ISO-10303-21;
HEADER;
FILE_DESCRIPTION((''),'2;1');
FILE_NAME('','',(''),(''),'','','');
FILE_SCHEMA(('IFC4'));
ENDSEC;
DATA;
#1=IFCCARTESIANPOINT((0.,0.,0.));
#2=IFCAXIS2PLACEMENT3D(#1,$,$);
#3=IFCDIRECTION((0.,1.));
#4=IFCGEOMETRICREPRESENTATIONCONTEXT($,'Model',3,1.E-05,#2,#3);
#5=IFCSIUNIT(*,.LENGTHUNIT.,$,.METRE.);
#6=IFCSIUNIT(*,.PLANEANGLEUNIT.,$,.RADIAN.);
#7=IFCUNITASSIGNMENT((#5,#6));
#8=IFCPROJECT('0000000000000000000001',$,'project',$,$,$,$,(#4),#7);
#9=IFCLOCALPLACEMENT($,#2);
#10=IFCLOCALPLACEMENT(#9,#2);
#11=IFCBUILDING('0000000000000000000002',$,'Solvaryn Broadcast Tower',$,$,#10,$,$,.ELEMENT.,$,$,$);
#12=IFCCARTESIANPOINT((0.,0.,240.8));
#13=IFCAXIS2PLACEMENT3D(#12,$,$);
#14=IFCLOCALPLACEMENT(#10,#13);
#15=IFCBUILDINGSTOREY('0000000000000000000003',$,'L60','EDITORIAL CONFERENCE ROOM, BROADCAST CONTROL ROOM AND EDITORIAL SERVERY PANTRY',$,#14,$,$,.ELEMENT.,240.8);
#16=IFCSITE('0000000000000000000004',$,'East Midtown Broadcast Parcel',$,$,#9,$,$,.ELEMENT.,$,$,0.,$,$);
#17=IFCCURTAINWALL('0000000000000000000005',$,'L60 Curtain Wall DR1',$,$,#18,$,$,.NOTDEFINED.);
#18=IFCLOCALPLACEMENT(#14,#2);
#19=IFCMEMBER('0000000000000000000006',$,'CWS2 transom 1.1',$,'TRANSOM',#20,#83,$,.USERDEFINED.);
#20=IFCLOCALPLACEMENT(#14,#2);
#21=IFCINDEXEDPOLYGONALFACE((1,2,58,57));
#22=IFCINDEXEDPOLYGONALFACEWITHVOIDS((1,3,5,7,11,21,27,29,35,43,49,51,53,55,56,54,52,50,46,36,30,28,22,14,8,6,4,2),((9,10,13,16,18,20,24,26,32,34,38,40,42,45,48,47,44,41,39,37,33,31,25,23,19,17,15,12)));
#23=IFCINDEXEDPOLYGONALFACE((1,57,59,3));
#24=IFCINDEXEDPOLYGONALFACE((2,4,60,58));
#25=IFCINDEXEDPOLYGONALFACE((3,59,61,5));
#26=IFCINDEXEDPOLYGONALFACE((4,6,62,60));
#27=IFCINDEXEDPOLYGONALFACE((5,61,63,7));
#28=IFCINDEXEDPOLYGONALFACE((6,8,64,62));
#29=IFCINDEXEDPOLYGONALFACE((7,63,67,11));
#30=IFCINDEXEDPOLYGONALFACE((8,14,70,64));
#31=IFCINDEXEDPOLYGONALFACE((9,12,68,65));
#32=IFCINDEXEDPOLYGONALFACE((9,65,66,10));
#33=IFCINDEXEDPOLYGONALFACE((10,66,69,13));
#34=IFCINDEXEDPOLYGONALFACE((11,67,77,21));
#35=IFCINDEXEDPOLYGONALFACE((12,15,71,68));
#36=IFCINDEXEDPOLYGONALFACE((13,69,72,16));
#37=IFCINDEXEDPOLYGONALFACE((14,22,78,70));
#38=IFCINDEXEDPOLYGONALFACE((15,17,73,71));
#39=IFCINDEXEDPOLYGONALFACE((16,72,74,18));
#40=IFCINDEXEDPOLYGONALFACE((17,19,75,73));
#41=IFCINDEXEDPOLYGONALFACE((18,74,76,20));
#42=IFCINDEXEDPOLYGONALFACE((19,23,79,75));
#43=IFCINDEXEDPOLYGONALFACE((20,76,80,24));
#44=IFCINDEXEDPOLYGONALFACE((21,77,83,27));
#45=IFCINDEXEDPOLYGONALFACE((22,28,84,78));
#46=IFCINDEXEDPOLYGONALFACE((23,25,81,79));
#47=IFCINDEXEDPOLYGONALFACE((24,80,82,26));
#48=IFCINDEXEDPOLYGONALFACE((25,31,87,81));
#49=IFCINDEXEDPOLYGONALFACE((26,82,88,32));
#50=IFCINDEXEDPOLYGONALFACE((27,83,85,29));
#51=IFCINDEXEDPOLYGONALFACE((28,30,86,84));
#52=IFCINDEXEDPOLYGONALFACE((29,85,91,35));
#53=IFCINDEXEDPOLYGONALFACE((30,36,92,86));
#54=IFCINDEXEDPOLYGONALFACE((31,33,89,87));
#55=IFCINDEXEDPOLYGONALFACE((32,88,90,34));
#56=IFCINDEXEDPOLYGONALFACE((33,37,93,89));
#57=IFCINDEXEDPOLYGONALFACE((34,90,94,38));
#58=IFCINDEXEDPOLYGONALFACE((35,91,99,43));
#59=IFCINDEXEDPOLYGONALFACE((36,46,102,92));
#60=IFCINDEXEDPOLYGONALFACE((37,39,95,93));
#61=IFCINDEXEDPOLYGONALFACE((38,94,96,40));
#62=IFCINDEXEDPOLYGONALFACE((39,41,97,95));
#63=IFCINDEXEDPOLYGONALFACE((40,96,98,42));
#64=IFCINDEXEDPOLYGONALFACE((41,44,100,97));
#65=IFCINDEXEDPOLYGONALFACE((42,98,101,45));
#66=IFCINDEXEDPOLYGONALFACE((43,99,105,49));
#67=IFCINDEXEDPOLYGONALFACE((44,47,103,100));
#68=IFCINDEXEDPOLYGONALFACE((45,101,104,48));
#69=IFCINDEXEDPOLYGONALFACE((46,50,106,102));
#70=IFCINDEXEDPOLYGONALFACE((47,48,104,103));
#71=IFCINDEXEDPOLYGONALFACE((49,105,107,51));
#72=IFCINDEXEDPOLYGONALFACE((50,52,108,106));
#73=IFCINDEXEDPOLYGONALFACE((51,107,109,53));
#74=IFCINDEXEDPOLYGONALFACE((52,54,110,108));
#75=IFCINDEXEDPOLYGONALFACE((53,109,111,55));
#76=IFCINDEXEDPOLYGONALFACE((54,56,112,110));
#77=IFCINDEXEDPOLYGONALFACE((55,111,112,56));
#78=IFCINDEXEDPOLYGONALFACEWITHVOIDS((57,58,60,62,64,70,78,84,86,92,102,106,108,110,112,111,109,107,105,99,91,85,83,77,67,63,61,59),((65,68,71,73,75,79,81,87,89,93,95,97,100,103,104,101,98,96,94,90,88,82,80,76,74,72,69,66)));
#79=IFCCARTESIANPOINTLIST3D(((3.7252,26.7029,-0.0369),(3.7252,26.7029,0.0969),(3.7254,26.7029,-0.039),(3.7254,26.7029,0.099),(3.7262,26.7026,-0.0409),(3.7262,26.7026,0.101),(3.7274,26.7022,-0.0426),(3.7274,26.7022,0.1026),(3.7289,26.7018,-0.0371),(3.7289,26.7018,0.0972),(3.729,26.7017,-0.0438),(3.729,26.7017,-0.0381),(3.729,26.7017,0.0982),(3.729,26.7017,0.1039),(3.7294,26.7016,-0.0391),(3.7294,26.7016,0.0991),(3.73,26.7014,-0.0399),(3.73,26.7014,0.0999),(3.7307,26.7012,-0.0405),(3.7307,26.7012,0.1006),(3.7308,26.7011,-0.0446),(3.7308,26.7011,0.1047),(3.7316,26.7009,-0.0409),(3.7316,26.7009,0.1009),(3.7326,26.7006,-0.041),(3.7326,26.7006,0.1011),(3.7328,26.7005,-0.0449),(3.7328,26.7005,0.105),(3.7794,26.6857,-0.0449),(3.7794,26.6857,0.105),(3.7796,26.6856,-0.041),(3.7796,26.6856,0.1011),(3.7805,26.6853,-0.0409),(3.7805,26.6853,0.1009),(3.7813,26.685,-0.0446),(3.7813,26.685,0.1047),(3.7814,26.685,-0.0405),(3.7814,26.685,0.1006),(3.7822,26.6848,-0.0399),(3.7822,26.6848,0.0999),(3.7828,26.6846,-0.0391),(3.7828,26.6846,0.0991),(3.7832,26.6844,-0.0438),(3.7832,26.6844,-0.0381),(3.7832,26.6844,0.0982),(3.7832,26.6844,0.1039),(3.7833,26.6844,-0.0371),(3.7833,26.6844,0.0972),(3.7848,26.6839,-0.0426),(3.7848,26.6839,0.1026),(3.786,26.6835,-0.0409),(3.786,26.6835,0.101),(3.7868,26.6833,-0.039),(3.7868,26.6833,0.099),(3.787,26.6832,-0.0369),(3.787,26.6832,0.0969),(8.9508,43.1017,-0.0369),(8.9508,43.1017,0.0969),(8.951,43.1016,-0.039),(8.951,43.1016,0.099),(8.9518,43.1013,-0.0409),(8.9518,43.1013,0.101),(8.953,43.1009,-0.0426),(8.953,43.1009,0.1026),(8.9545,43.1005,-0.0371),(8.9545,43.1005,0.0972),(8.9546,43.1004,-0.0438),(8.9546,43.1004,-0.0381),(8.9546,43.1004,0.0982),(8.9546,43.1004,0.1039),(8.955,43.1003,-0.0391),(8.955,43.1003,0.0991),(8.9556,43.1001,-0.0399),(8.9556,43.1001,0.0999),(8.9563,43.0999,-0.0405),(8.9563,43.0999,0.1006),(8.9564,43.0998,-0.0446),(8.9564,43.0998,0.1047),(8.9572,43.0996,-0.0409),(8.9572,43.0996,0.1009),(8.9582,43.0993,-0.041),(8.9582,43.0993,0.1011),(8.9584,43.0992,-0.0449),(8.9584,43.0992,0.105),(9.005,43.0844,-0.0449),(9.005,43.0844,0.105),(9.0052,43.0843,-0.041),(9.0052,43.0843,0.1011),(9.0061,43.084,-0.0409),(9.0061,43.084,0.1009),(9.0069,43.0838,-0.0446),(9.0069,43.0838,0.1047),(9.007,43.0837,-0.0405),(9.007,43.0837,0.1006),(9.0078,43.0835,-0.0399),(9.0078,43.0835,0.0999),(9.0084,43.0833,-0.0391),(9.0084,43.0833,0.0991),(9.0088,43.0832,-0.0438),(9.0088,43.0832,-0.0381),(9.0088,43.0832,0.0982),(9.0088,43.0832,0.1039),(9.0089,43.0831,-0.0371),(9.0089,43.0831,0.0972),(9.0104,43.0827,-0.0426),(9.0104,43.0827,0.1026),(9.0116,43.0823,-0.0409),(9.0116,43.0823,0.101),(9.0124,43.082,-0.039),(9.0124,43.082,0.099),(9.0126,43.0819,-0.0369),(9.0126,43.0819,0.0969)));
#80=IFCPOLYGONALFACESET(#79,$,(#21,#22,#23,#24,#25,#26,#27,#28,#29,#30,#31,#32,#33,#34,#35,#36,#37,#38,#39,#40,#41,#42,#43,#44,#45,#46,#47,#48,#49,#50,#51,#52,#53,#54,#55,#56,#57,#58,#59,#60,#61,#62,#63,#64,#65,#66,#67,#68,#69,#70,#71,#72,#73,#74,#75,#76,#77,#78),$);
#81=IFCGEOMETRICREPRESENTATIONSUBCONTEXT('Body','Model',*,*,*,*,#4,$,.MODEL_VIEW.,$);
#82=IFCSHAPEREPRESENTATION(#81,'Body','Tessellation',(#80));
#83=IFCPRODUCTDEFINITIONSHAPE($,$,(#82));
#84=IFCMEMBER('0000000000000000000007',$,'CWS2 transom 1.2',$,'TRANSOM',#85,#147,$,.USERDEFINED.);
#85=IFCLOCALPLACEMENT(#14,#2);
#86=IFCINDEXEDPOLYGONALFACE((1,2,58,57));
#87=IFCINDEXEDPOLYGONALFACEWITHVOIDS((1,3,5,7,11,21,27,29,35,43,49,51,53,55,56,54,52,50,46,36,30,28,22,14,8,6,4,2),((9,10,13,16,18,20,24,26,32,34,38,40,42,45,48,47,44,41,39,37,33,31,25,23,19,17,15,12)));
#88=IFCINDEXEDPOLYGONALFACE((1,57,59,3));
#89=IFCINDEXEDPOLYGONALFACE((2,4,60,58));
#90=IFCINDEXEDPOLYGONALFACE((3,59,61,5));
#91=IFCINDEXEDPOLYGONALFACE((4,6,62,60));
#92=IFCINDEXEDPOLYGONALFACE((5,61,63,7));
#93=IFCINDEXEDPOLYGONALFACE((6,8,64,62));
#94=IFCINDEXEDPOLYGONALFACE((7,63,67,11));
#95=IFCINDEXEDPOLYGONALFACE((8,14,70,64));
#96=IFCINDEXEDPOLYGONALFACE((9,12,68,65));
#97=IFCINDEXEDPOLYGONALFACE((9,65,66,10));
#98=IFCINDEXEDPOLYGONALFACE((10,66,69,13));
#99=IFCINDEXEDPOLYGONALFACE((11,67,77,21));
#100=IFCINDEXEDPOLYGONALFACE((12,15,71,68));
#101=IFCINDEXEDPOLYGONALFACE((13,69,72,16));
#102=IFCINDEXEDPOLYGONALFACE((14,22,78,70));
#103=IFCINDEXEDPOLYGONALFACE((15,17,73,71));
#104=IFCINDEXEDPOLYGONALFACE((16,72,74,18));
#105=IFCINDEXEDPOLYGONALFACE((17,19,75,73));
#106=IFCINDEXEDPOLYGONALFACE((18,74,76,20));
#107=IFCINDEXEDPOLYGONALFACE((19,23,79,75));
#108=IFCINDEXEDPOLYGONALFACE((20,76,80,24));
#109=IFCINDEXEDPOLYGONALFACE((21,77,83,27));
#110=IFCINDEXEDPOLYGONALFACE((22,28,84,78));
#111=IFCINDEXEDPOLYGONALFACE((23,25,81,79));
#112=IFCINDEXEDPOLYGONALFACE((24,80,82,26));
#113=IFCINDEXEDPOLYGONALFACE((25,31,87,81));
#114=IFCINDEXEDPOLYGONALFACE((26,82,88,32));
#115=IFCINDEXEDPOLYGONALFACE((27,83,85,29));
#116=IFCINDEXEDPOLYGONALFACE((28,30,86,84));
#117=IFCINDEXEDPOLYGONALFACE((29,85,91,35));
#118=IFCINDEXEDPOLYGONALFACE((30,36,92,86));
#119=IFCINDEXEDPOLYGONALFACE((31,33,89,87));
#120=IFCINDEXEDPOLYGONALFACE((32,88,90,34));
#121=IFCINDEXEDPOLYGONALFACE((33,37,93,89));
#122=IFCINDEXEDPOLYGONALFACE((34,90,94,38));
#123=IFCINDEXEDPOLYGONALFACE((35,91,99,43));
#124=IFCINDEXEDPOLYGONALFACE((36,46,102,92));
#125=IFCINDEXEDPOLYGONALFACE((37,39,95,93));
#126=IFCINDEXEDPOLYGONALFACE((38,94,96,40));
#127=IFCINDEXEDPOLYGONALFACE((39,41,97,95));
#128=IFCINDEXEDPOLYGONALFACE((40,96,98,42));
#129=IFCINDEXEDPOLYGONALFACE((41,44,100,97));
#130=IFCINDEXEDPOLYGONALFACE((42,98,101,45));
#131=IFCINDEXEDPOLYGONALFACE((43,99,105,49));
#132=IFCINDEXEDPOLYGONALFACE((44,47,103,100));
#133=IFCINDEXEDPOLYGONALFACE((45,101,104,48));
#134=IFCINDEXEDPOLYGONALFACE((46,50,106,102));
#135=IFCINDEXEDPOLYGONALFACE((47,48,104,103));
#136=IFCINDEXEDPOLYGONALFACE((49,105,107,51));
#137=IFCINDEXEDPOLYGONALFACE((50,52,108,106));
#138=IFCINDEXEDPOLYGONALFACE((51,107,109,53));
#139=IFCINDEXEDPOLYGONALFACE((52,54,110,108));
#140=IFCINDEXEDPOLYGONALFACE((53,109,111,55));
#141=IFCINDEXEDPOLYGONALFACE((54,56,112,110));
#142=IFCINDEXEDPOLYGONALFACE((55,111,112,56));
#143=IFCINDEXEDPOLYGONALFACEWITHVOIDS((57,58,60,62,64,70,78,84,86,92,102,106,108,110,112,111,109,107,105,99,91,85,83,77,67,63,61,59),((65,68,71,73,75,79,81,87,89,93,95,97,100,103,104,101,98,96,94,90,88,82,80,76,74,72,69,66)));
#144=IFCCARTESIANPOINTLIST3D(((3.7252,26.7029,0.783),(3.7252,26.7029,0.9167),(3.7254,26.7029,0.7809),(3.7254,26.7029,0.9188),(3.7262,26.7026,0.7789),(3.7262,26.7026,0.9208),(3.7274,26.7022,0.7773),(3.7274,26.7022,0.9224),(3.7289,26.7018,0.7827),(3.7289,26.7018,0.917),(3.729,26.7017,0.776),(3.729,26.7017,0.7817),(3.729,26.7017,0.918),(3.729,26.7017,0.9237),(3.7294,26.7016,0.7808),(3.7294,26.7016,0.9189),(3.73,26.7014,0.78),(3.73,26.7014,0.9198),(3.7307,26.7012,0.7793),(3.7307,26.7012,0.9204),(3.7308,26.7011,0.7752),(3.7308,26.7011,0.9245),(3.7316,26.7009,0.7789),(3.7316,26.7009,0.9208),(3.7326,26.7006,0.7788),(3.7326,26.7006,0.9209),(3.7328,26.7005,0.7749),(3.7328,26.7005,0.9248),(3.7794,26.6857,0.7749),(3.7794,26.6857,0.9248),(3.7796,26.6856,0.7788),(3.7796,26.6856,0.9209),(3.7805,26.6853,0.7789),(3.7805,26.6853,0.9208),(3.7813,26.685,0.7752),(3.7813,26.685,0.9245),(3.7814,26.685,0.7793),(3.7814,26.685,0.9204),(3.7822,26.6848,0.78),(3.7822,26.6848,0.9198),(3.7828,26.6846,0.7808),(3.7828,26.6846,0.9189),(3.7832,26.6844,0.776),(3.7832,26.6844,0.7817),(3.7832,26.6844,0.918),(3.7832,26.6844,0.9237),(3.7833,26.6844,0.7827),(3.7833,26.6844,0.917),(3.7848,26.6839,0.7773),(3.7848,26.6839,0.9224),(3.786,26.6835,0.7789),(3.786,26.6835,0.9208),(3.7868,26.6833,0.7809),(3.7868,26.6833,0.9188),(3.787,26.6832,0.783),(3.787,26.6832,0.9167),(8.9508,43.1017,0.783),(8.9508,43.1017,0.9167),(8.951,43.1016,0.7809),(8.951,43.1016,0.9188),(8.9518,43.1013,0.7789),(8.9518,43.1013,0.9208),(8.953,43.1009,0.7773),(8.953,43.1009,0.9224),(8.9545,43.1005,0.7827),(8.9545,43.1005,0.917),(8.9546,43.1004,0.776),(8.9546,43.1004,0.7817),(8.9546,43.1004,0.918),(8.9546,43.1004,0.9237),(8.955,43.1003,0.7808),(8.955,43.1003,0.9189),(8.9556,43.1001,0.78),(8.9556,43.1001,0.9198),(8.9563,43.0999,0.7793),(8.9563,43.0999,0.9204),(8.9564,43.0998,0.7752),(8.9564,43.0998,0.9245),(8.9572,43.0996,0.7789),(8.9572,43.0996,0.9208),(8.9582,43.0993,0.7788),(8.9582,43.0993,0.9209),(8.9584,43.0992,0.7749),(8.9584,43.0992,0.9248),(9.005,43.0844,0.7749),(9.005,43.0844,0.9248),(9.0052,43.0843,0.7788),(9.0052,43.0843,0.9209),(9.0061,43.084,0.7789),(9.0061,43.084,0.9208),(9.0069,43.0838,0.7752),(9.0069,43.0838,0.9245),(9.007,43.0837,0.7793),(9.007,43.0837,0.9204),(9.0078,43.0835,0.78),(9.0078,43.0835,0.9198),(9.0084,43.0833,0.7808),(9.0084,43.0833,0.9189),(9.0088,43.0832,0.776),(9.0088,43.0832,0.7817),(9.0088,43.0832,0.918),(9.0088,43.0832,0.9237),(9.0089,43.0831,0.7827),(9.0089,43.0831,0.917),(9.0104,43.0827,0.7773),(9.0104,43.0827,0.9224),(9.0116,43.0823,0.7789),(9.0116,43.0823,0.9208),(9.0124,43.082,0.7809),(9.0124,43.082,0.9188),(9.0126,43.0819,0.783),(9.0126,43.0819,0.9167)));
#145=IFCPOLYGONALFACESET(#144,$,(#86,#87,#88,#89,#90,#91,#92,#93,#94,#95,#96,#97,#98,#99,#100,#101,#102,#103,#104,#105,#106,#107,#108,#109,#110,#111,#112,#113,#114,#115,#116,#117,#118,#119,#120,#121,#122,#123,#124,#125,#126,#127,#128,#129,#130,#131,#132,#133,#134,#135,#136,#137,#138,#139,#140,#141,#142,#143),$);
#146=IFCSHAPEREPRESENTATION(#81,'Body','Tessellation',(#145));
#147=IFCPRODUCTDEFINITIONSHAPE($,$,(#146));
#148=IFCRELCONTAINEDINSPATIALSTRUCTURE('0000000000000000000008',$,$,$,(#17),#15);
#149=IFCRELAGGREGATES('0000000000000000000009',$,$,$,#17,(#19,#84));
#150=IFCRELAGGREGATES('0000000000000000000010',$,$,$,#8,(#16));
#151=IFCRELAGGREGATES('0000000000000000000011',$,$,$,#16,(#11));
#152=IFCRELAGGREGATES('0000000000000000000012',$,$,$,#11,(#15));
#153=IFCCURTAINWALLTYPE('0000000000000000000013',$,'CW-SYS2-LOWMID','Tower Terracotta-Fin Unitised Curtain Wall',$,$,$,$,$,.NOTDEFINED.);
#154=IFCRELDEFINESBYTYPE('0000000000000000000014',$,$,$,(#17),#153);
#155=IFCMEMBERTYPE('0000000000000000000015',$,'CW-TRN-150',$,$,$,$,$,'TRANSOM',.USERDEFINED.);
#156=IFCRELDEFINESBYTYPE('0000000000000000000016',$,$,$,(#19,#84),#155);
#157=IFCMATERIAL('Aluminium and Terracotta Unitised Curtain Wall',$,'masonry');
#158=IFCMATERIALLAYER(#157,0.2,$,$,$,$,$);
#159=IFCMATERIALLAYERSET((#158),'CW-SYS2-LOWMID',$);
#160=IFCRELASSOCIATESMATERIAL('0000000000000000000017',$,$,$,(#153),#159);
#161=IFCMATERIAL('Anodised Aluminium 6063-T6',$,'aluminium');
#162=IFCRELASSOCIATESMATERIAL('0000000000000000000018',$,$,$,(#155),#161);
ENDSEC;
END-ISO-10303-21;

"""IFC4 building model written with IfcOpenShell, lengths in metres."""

from ifc_helpers import new_model, si_unit, direction, frame, origin, origin_2d, place, context, subcontext, project, spatial, hollow_rectangle, extrude, material, layer, layer_set, material_profile, profile_set, type_object, element, aggregate, save


model = new_model("IFC4")

# Units and contexts
model_context = context("Model", 3, precision=1e-05, world=origin(), true_north=direction((0.0, 1.0)))
body_context = subcontext(model_context, "Body", "Model", "MODEL_VIEW")
ifc_project = project(units=[si_unit("LENGTHUNIT", "METRE"), si_unit("PLANEANGLEUNIT", "RADIAN")], contexts=[model_context])

# Site, building, storey
site_placement = place(None, origin())
site = spatial("IfcSite", under=ifc_project, at=site_placement, Name="East Midtown Broadcast Parcel", CompositionType="ELEMENT", RefElevation=0.0)
building_placement = place(site_placement, origin())
building = spatial("IfcBuilding", under=site, at=building_placement, Name="Solvaryn Broadcast Tower", CompositionType="ELEMENT")
storey_placement = place(building_placement, frame((0.0, 0.0, 240.8)))
storey = spatial("IfcBuildingStorey", under=building, at=storey_placement, Name="L60", Description="EDITORIAL CONFERENCE ROOM, BROADCAST CONTROL ROOM AND EDITORIAL SERVERY PANTRY", CompositionType="ELEMENT", Elevation=240.8)

# Curtain wall
ifc_material_1 = material(Name="Aluminium and Terracotta Unitised Curtain Wall", Category="masonry")
ifc_layer_1 = layer(ifc_material_1, 0.2)
ifc_layer_set_1 = layer_set([ifc_layer_1], Name="CW-SYS2-LOWMID")
curtain_wall_type = type_object("IfcCurtainWallType", Name="CW-SYS2-LOWMID", Description="Tower Terracotta-Fin Unitised Curtain Wall", PredefinedType="NOTDEFINED", material=ifc_layer_set_1)
curtain_wall_1_placement = place(storey_placement, origin())
curtain_wall_1 = element("IfcCurtainWall", 1, at=curtain_wall_1_placement, inside=storey, type_object=curtain_wall_type, Name="L60 Curtain Wall DR1", PredefinedType="NOTDEFINED")

# Members
ifc_material_2 = material(Name="Anodised Aluminium 6063-T6", Category="aluminium")
ifc_material_profile_1 = material_profile(ifc_material_2, hollow_rectangle(XDim=0.0649, YDim=0.1499, WallThickness=0.0039, InnerFilletRadius=0.0039, OuterFilletRadius=0.0081, at=origin_2d()))
ifc_profile_set_1 = profile_set([ifc_material_profile_1], Name="Anodised Aluminium 6063-T6")
member_type_1 = type_object("IfcMemberType", Name="CW-TRN-150", ElementType="TRANSOM", PredefinedType="USERDEFINED", material=ifc_profile_set_1)
member_1_placement = place(storey_placement, frame((8.9817, 43.0918, 0.03), z_axis=(-0.303616, -0.952794, 0.0), x_axis=(0.952794, -0.303616, 0.0)))
member_1 = element("IfcMember", 2, at=member_1_placement, type_object=member_type_1, Name="CWS2 transom 1.1", ObjectType="TRANSOM", PredefinedType="USERDEFINED", context=body_context, shape_type="SweptSolid", body=[
    extrude(hollow_rectangle(XDim=0.0649, YDim=0.1499, WallThickness=0.0039, InnerFilletRadius=0.0039, OuterFilletRadius=0.0081, at=origin_2d()), origin(), (0.0, 0.0, 1.0), 17.2112),
])
member_2_placement = place(storey_placement, frame((8.9817, 43.0918, 0.8499), z_axis=(-0.303616, -0.952794, 0.0), x_axis=(0.952794, -0.303616, 0.0)))
member_2 = element("IfcMember", 3, at=member_2_placement, type_object=member_type_1, Name="CWS2 transom 1.2", ObjectType="TRANSOM", PredefinedType="USERDEFINED", context=body_context, shape_type="SweptSolid", body=[
    extrude(hollow_rectangle(XDim=0.0649, YDim=0.1499, WallThickness=0.0039, InnerFilletRadius=0.0039, OuterFilletRadius=0.0081, at=origin_2d()), origin(), (0.0, 0.0, 1.0), 17.2112),
])
aggregate(curtain_wall_1, [member_1, member_2])

save(model, "model.ifc")
